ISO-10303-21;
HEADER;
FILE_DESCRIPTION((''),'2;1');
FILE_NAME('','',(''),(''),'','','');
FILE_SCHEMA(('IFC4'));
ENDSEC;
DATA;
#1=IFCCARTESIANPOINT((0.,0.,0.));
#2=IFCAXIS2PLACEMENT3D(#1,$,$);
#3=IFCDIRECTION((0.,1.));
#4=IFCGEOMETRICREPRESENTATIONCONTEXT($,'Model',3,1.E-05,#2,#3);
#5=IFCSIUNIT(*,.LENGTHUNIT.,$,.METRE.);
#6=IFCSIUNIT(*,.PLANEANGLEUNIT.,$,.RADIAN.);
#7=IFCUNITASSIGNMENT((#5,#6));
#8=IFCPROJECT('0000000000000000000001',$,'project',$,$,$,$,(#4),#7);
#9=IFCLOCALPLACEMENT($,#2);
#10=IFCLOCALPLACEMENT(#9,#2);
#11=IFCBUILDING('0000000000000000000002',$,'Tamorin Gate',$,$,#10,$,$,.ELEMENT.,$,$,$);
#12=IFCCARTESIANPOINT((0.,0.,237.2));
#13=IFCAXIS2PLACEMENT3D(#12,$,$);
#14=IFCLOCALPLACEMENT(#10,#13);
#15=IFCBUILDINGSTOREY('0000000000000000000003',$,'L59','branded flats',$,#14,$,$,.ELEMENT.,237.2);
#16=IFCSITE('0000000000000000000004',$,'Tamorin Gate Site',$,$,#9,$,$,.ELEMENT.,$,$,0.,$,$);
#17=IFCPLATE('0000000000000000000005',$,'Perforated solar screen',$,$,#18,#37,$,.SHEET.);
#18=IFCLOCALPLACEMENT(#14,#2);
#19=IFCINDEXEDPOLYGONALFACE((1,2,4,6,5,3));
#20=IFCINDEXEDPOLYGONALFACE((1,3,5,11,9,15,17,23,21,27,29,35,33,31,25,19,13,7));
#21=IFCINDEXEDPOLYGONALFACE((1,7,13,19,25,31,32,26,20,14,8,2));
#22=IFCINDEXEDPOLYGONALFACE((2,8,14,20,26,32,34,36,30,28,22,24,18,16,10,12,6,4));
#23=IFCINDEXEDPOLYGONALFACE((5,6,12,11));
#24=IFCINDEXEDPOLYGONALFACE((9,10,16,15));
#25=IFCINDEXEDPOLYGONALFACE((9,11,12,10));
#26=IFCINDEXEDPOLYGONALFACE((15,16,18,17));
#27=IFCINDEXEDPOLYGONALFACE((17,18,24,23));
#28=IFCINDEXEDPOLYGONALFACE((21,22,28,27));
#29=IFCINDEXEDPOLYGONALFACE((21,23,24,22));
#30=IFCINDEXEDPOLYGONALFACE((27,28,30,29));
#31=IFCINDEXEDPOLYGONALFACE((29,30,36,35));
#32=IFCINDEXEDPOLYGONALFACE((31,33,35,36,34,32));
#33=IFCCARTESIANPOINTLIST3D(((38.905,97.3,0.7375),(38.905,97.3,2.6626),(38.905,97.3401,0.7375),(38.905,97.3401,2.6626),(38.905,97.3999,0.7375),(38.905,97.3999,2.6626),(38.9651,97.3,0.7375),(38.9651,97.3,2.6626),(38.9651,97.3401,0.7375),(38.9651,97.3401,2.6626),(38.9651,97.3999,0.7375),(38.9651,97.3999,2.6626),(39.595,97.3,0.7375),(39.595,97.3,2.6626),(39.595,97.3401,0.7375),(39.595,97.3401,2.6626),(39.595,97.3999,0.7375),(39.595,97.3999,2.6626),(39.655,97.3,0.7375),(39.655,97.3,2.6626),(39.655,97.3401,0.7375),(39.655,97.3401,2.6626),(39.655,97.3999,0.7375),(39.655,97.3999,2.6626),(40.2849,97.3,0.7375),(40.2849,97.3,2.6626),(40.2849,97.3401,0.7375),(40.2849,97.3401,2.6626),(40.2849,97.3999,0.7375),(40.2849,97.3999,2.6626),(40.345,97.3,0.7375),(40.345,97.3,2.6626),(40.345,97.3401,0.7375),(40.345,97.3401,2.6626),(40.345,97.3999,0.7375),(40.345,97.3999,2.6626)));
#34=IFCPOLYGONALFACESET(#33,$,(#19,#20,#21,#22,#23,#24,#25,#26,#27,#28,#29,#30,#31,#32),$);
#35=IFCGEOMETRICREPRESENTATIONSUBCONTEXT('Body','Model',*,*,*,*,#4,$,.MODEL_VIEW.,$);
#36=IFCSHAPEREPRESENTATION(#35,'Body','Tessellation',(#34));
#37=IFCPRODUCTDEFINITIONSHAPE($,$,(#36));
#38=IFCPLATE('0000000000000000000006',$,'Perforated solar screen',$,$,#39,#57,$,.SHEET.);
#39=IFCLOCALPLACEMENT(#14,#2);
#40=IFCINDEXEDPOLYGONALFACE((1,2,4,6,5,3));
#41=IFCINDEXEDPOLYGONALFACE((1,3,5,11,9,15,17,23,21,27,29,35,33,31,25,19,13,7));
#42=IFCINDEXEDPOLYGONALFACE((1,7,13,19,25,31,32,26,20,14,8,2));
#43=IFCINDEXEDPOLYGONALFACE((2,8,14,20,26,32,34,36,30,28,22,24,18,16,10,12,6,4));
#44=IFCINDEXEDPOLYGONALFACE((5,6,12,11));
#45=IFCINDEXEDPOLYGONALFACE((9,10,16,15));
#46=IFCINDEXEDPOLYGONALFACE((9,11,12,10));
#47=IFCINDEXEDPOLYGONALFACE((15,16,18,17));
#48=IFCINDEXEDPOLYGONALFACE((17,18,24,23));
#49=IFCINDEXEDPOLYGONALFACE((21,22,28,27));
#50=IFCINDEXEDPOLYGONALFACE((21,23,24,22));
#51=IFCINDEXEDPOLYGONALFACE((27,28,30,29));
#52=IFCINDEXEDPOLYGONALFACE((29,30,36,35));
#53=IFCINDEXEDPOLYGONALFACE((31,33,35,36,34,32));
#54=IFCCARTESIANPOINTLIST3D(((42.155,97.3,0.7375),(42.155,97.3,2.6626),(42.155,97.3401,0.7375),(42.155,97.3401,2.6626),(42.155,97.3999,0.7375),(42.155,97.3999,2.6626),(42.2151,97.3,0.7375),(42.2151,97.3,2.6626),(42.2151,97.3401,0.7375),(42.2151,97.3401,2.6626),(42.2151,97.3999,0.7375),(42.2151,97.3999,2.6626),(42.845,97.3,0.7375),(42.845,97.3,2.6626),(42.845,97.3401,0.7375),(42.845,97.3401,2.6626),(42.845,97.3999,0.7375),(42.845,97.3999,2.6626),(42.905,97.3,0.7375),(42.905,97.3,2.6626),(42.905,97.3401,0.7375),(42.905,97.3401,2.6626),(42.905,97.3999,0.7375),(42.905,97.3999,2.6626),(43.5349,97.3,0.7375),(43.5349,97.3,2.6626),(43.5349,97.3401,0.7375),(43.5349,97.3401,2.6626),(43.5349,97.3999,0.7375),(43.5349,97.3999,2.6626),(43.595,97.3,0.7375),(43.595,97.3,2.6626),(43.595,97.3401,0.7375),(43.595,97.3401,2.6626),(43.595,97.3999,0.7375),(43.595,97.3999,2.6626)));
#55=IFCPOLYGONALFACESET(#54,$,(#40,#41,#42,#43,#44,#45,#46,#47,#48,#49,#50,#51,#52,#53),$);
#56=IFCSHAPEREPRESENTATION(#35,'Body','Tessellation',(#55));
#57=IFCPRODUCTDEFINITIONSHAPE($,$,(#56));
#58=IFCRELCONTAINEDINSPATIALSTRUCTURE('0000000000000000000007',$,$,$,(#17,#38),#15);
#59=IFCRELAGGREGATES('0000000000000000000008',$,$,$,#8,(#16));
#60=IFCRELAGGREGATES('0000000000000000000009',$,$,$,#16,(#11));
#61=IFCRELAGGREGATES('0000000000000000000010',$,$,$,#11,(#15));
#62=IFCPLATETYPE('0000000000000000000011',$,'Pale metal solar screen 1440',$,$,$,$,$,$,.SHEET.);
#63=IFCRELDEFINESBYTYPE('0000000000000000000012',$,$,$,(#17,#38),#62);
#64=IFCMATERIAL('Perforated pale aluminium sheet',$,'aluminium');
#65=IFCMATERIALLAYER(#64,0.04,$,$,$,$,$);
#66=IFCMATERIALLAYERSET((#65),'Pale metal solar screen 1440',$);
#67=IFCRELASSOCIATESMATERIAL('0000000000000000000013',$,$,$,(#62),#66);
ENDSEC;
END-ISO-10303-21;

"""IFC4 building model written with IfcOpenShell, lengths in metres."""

from ifc_helpers import new_model, si_unit, direction, frame, origin, place, context, subcontext, project, spatial, polyline, outline, extrude, material, layer, layer_set, type_object, element, save


model = new_model("IFC4")

# Units and contexts
model_context = context("Model", 3, precision=1e-05, world=origin(), true_north=direction((0.0, 1.0)))
body_context = subcontext(model_context, "Body", "Model", "MODEL_VIEW")
ifc_project = project(units=[si_unit("LENGTHUNIT", "METRE"), si_unit("PLANEANGLEUNIT", "RADIAN")], contexts=[model_context])

# Site, building, storey
site_placement = place(None, origin())
site = spatial("IfcSite", under=ifc_project, at=site_placement, Name="Tamorin Gate Site", CompositionType="ELEMENT", RefElevation=0.0)
building_placement = place(site_placement, origin())
building = spatial("IfcBuilding", under=site, at=building_placement, Name="Tamorin Gate", CompositionType="ELEMENT")
storey_placement = place(building_placement, frame((0.0, 0.0, 237.2)))
storey = spatial("IfcBuildingStorey", under=building, at=storey_placement, Name="L59", Description="branded flats", CompositionType="ELEMENT", Elevation=237.2)

# Plates
ifc_material_1 = material(Name="Perforated pale aluminium sheet", Category="aluminium")
ifc_layer_1 = layer(ifc_material_1, 0.04)
ifc_layer_set_1 = layer_set([ifc_layer_1], Name="Pale metal solar screen 1440")
plate_type = type_object("IfcPlateType", Name="Pale metal solar screen 1440", PredefinedType="SHEET", material=ifc_layer_set_1)
plate_1_placement = place(storey_placement, frame((0.0, 0.0, 0.7375)))
element("IfcPlate", 1, at=plate_1_placement, inside=storey, type_object=plate_type, Name="Perforated solar screen", PredefinedType="SHEET", context=body_context, shape_type="SweptSolid", body=[
    extrude(outline(polyline([(40.345, 97.3401), (40.345, 97.3), (40.2849, 97.3), (39.655, 97.3), (39.595, 97.3), (38.9651, 97.3), (38.905, 97.3), (38.905, 97.3401), (38.905, 97.3999), (38.9651, 97.3999), (38.9651, 97.3401), (39.595, 97.3401), (39.595, 97.3999), (39.655, 97.3999), (39.655, 97.3401), (40.2849, 97.3401), (40.2849, 97.3999), (40.345, 97.3999), (40.345, 97.3401)])), origin(), (0.0, 0.0, 1.0), 1.925),
])
plate_2_placement = place(storey_placement, frame((0.0, 0.0, 0.7375)))
element("IfcPlate", 2, at=plate_2_placement, inside=storey, type_object=plate_type, Name="Perforated solar screen", PredefinedType="SHEET", context=body_context, shape_type="SweptSolid", body=[
    extrude(outline(polyline([(43.595, 97.3401), (43.595, 97.3), (43.5349, 97.3), (42.905, 97.3), (42.845, 97.3), (42.2151, 97.3), (42.155, 97.3), (42.155, 97.3401), (42.155, 97.3999), (42.2151, 97.3999), (42.2151, 97.3401), (42.845, 97.3401), (42.845, 97.3999), (42.905, 97.3999), (42.905, 97.3401), (43.5349, 97.3401), (43.5349, 97.3999), (43.595, 97.3999), (43.595, 97.3401)])), origin(), (0.0, 0.0, 1.0), 1.925),
])

save(model, "model.ifc")
